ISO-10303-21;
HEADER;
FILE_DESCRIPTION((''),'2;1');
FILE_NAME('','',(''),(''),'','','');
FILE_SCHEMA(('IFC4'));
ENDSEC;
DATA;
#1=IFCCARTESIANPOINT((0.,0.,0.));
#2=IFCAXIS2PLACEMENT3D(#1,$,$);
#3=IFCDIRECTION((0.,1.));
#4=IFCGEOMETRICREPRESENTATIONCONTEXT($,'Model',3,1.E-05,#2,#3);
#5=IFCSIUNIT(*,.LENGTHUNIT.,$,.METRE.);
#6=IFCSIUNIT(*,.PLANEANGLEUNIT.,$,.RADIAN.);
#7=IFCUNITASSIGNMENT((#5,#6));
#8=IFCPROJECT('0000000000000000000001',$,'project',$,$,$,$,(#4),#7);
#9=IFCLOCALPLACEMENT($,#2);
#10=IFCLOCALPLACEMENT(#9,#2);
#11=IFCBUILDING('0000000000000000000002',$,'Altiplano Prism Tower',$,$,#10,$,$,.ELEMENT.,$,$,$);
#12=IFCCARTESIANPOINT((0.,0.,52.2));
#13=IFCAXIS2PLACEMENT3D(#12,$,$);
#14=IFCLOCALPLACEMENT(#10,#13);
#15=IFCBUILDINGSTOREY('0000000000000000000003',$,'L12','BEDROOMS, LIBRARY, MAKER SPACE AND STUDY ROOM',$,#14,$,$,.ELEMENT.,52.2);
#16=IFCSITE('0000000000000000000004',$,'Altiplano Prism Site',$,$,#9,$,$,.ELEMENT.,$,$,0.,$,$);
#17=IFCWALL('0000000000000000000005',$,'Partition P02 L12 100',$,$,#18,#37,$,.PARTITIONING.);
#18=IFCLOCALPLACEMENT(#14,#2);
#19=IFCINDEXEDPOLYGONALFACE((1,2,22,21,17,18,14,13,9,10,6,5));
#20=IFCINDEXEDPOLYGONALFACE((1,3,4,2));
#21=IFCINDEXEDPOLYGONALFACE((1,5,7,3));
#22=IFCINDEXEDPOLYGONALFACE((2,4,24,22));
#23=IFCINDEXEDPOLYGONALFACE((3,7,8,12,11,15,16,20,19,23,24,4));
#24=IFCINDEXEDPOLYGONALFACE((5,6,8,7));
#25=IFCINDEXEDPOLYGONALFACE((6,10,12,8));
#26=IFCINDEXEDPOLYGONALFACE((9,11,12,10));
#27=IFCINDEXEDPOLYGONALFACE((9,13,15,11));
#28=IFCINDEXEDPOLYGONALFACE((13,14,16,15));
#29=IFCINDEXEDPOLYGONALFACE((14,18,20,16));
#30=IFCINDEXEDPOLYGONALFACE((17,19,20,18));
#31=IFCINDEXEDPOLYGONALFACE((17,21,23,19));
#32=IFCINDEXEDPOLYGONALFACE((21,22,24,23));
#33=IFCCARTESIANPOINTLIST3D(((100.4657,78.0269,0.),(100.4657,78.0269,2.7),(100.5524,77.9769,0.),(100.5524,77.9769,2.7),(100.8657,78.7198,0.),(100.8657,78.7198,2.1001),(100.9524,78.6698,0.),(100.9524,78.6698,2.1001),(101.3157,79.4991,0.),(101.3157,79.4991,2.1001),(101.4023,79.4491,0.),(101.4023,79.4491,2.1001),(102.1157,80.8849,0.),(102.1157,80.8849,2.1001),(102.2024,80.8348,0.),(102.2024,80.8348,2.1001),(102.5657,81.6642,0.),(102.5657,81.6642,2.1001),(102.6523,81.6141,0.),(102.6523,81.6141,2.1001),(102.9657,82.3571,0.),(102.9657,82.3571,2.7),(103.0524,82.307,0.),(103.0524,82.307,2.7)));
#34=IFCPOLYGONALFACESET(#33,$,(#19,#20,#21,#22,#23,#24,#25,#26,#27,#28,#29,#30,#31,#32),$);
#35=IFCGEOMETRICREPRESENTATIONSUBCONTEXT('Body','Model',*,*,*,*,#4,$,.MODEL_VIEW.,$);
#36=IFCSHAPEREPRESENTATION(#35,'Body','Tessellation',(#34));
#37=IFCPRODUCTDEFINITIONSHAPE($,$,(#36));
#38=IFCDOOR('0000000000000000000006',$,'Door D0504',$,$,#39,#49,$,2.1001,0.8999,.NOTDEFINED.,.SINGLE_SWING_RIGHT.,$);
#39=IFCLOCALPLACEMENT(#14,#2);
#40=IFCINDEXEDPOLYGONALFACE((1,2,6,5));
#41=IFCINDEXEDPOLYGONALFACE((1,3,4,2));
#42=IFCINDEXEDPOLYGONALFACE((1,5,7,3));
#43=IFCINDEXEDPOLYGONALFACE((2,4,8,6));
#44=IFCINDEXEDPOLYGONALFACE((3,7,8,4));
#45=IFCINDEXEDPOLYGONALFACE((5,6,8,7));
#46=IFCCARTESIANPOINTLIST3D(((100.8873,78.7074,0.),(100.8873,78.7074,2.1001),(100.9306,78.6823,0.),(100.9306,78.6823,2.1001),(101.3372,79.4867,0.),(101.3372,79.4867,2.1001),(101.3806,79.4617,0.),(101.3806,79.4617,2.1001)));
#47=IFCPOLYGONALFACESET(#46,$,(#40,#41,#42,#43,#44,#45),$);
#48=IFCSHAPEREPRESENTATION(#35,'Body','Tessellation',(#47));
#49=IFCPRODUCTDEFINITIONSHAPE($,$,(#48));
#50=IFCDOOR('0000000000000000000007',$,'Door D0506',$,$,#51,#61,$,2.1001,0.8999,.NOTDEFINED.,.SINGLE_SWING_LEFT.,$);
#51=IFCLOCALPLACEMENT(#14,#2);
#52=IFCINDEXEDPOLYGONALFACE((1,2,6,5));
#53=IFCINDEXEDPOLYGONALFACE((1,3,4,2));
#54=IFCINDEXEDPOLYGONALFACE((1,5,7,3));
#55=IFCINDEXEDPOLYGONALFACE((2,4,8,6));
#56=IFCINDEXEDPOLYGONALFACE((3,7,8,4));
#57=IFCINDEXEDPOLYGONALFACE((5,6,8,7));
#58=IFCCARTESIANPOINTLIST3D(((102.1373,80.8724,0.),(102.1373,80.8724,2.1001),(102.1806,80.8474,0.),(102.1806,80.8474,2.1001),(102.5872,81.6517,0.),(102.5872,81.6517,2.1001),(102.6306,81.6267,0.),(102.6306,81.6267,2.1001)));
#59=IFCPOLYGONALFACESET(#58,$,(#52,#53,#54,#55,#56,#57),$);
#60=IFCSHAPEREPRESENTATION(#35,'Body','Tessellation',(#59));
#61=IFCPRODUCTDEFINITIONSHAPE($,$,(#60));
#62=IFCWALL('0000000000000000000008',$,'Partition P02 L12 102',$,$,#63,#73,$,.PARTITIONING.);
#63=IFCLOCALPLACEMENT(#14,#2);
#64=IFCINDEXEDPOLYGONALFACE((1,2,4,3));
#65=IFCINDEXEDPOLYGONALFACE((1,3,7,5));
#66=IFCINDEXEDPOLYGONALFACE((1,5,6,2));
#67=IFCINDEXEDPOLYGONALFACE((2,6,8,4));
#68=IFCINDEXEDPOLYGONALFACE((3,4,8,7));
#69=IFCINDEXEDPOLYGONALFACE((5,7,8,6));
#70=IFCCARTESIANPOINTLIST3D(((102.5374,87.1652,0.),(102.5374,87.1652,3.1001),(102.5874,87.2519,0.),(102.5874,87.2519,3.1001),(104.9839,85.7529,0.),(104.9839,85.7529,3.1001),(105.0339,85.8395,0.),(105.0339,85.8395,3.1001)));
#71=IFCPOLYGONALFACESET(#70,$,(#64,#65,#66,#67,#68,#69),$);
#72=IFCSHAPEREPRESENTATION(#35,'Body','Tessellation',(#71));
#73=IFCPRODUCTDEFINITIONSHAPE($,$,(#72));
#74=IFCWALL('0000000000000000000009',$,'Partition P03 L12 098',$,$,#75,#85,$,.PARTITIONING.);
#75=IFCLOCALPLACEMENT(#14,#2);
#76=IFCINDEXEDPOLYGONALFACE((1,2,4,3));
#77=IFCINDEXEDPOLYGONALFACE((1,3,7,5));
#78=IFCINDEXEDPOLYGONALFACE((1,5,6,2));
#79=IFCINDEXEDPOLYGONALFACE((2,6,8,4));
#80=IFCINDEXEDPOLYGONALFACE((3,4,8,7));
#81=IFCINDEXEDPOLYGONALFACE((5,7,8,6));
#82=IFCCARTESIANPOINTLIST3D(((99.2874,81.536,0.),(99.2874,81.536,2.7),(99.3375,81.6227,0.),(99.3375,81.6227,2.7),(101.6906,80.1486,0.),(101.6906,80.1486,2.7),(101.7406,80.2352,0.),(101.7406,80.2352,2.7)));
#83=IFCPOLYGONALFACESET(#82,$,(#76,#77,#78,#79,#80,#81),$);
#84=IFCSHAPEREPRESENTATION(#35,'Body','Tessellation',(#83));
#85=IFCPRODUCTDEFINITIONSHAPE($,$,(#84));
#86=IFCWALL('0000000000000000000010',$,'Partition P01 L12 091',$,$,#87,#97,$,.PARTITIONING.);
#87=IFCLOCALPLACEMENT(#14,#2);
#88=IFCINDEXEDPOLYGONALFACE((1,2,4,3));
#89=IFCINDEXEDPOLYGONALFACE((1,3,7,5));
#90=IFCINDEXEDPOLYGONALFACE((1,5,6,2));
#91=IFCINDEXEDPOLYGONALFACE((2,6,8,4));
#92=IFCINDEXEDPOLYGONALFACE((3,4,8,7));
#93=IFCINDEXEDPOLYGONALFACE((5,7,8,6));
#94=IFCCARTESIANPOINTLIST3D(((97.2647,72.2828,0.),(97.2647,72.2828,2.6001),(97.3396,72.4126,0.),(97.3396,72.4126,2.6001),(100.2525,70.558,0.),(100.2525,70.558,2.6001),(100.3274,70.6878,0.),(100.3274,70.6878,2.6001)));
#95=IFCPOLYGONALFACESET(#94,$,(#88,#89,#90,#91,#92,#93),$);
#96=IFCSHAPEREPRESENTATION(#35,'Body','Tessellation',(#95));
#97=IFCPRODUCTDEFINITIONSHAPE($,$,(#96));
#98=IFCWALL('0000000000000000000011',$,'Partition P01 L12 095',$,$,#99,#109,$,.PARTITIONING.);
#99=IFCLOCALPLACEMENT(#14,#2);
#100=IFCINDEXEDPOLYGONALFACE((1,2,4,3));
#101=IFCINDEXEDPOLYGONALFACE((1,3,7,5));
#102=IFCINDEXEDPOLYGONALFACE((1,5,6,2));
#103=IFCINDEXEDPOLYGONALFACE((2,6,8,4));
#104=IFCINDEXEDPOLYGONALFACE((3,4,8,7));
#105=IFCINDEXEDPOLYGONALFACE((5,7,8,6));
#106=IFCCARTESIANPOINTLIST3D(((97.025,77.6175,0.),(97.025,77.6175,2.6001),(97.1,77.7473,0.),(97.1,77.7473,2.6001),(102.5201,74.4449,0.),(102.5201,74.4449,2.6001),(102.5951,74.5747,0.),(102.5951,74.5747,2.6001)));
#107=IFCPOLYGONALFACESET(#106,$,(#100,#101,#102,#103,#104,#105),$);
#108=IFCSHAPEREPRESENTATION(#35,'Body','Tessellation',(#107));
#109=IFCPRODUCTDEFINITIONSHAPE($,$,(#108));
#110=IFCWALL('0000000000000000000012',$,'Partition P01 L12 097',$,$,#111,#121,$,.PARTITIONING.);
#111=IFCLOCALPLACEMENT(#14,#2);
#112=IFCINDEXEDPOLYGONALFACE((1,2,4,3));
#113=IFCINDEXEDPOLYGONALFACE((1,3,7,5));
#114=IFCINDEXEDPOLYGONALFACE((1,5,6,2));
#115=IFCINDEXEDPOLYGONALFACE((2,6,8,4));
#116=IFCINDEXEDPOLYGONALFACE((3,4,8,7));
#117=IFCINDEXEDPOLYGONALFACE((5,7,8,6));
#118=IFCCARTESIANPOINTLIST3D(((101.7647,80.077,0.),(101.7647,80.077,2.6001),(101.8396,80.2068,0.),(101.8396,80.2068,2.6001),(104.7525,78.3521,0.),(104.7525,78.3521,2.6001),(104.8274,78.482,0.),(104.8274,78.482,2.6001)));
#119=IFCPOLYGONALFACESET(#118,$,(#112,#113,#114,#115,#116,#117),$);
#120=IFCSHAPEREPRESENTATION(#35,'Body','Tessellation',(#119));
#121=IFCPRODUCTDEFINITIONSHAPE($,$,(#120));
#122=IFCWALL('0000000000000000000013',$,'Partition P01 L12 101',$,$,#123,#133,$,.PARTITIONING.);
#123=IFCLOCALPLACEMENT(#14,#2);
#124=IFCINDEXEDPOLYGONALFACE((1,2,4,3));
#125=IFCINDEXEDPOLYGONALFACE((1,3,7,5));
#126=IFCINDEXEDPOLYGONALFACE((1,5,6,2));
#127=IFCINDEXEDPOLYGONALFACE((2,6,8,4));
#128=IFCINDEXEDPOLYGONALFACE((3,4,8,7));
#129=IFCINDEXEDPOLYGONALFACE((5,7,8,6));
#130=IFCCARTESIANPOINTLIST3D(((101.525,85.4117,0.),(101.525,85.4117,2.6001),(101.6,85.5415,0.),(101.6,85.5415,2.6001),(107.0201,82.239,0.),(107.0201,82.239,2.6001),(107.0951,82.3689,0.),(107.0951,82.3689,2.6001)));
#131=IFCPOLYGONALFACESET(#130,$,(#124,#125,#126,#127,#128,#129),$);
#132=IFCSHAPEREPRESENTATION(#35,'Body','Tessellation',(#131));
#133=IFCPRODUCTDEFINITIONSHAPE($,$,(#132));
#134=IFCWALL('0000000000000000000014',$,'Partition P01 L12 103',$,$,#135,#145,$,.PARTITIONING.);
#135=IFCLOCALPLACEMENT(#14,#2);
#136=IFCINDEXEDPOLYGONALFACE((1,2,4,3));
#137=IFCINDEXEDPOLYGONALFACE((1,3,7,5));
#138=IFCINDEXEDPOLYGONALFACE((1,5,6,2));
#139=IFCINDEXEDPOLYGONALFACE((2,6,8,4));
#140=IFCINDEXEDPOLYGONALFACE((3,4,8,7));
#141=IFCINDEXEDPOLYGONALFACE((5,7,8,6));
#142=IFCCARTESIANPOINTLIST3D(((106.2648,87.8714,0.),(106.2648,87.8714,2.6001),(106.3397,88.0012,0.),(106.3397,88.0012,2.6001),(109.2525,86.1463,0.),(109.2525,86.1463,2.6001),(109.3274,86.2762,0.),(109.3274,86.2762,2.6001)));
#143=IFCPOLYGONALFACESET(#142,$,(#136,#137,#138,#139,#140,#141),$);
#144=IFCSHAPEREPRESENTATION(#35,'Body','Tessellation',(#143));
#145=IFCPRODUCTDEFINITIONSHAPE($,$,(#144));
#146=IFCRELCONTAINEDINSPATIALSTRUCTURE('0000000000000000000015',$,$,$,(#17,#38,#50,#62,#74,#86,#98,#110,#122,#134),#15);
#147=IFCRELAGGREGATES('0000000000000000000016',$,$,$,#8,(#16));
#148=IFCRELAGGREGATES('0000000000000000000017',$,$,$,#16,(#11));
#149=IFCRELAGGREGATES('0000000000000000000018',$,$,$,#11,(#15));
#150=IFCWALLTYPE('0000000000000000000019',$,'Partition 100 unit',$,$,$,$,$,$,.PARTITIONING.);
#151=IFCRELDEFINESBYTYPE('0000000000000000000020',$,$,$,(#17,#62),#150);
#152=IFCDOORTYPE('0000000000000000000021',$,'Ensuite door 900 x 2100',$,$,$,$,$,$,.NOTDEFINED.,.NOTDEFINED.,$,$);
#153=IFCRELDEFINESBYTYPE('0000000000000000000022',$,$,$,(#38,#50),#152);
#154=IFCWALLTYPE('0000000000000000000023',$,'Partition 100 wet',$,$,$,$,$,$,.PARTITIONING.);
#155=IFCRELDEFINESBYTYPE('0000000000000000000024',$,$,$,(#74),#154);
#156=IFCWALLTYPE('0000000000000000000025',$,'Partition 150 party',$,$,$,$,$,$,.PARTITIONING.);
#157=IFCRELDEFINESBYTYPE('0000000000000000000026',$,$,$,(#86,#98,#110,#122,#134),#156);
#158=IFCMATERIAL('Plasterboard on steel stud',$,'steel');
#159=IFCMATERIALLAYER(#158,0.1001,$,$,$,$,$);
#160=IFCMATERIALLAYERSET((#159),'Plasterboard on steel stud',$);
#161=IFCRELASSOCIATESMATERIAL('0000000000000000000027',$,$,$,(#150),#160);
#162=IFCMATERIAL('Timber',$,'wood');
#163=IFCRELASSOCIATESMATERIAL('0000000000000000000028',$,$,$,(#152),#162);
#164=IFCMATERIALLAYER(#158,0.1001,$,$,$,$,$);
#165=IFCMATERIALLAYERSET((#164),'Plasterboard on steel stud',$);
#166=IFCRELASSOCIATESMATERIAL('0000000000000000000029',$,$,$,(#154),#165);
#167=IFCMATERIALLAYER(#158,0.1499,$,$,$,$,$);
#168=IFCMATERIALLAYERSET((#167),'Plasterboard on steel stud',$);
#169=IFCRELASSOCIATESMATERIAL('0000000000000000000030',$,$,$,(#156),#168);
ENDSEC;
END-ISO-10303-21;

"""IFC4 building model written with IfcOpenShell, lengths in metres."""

from ifc_helpers import new_model, si_unit, direction, frame, frame_2d, origin, place, context, subcontext, project, spatial, rectangle, extrude, material, layer, layer_set, type_object, element, fill, save


model = new_model("IFC4")

# Units and contexts
model_context = context("Model", 3, precision=1e-05, world=origin(), true_north=direction((0.0, 1.0)))
body_context = subcontext(model_context, "Body", "Model", "MODEL_VIEW")
ifc_project = project(units=[si_unit("LENGTHUNIT", "METRE"), si_unit("PLANEANGLEUNIT", "RADIAN")], contexts=[model_context])

# Site, building, storey
site_placement = place(None, origin())
site = spatial("IfcSite", under=ifc_project, at=site_placement, Name="Altiplano Prism Site", CompositionType="ELEMENT", RefElevation=0.0)
building_placement = place(site_placement, origin())
building = spatial("IfcBuilding", under=site, at=building_placement, Name="Altiplano Prism Tower", CompositionType="ELEMENT")
storey_placement = place(building_placement, frame((0.0, 0.0, 52.2)))
storey = spatial("IfcBuildingStorey", under=building, at=storey_placement, Name="L12", Description="BEDROOMS, LIBRARY, MAKER SPACE AND STUDY ROOM", CompositionType="ELEMENT", Elevation=52.2)

# Shared definitions
ifc_material_1 = material(Name="Plasterboard on steel stud", Category="steel")
ifc_layer_1 = layer(ifc_material_1, 0.1001)
ifc_layer_set_1 = layer_set([ifc_layer_1], Name="Plasterboard on steel stud")
wall_type_1 = type_object("IfcWallType", Name="Partition 100 unit", PredefinedType="PARTITIONING", material=ifc_layer_set_1)

# Wall, openings, doors
wall_1_placement = place(storey_placement, frame((103.009, 82.332, 0.0), z_axis=(0.0, 0.0, 1.0), x_axis=(-0.500004, -0.866023, 0.0)))
wall_1 = element("IfcWall", 1, at=wall_1_placement, inside=storey, type_object=wall_type_1, Name="Partition P02 L12 100", PredefinedType="PARTITIONING", context=body_context, shape_type="SweptSolid", body=[
    extrude(rectangle(XDim=5.0, YDim=0.1001, at=frame_2d((2.5, 0.0))), origin(), (0.0, 0.0, 1.0), 2.7),
])
opening_1_placement = place(wall_1_placement, frame((3.3, 0.0, 0.0)))
opening_1 = element("IfcOpeningElement", 2, at=opening_1_placement, cuts=wall_1, PredefinedType="OPENING", context=body_context, shape_type="SweptSolid", body=[
    extrude(rectangle(XDim=0.8999, YDim=2.1001, at=frame_2d((0.45, 1.05))), frame((0.0, 0.0605, 0.0), z_axis=(0.0, -1.0, 0.0), x_axis=(1.0, 0.0, 0.0)), (0.0, 0.0, 1.0), 0.1211),
])
opening_2_placement = place(wall_1_placement, frame((0.8, 0.0, 0.0)))
opening_2 = element("IfcOpeningElement", 3, at=opening_2_placement, cuts=wall_1, PredefinedType="OPENING", context=body_context, shape_type="SweptSolid", body=[
    extrude(rectangle(XDim=0.8999, YDim=2.1001, at=frame_2d((0.45, 1.05))), frame((0.0, 0.0605, 0.0), z_axis=(0.0, -1.0, 0.0), x_axis=(1.0, 0.0, 0.0)), (0.0, 0.0, 1.0), 0.1211),
])
ifc_material_2 = material(Name="Timber", Category="wood")
door_type = type_object("IfcDoorType", Name="Ensuite door 900 x 2100", OperationType="NOTDEFINED", PredefinedType="NOTDEFINED", material=ifc_material_2)
door_1_placement = place(opening_1_placement, origin())
door_1 = element("IfcDoor", 4, at=door_1_placement, inside=storey, type_object=door_type, Name="Door D0504", OperationType="SINGLE_SWING_RIGHT", OverallHeight=2.1001, OverallWidth=0.8999, PredefinedType="NOTDEFINED", context=body_context, shape_type="SweptSolid", body=[
    extrude(rectangle(XDim=0.8999, YDim=2.1001, at=frame_2d((0.45, 1.05))), frame((0.0, 0.0249, 0.0), z_axis=(0.0, -1.0, 0.0), x_axis=(1.0, 0.0, 0.0)), (0.0, 0.0, 1.0), 0.05),
])
fill(opening_1, door_1)
door_2_placement = place(opening_2_placement, origin())
door_2 = element("IfcDoor", 5, at=door_2_placement, inside=storey, type_object=door_type, Name="Door D0506", OperationType="SINGLE_SWING_LEFT", OverallHeight=2.1001, OverallWidth=0.8999, PredefinedType="NOTDEFINED", context=body_context, shape_type="SweptSolid", body=[
    extrude(rectangle(XDim=0.8999, YDim=2.1001, at=frame_2d((0.45, 1.05))), frame((0.0, 0.0249, 0.0), z_axis=(0.0, -1.0, 0.0), x_axis=(1.0, 0.0, 0.0)), (0.0, 0.0, 1.0), 0.05),
])
fill(opening_2, door_2)

# Walls
wall_2_placement = place(storey_placement, frame((105.009, 85.7961, 0.0), z_axis=(0.0, 0.0, 1.0), x_axis=(-0.866049, 0.499959, 0.0)))
element("IfcWall", 6, at=wall_2_placement, inside=storey, type_object=wall_type_1, Name="Partition P02 L12 102", PredefinedType="PARTITIONING", context=body_context, shape_type="SweptSolid", body=[
    extrude(rectangle(XDim=2.825, YDim=0.1001, at=frame_2d((1.4126, 0.0))), origin(), (0.0, 0.0, 1.0), 3.1001),
])
ifc_layer_2 = layer(ifc_material_1, 0.1001)
ifc_layer_set_2 = layer_set([ifc_layer_2], Name="Plasterboard on steel stud")
wall_type_2 = type_object("IfcWallType", Name="Partition 100 wet", PredefinedType="PARTITIONING", material=ifc_layer_set_2)
wall_3_placement = place(storey_placement, frame((101.7156, 80.1919, 0.0), z_axis=(0.0, 0.0, 1.0), x_axis=(-0.86602, 0.500009, 0.0)))
element("IfcWall", 7, at=wall_3_placement, inside=storey, type_object=wall_type_2, Name="Partition P03 L12 098", PredefinedType="PARTITIONING", context=body_context, shape_type="SweptSolid", body=[
    extrude(rectangle(XDim=2.7749, YDim=0.1001, at=frame_2d((1.3875, 0.0))), origin(), (0.0, 0.0, 1.0), 2.7),
])
ifc_layer_3 = layer(ifc_material_1, 0.1499)
ifc_layer_set_3 = layer_set([ifc_layer_3], Name="Plasterboard on steel stud")
wall_type_3 = type_object("IfcWallType", Name="Partition 150 party", PredefinedType="PARTITIONING", material=ifc_layer_set_3)
wall_4_placement = place(storey_placement, frame((100.29, 70.6228, 0.0), z_axis=(0.0, 0.0, 1.0), x_axis=(-0.866044, 0.499967, 0.0)))
element("IfcWall", 8, at=wall_4_placement, inside=storey, type_object=wall_type_3, Name="Partition P01 L12 091", PredefinedType="PARTITIONING", context=body_context, shape_type="SweptSolid", body=[
    extrude(rectangle(XDim=3.45, YDim=0.1499, at=frame_2d((1.7251, 0.0))), origin(), (0.0, 0.0, 1.0), 2.6001),
])
wall_5_placement = place(storey_placement, frame((102.5576, 74.5098, 0.0), z_axis=(0.0, 0.0, 1.0), x_axis=(-0.866025, 0.5, 0.0)))
element("IfcWall", 9, at=wall_5_placement, inside=storey, type_object=wall_type_3, Name="Partition P01 L12 095", PredefinedType="PARTITIONING", context=body_context, shape_type="SweptSolid", body=[
    extrude(rectangle(XDim=6.3452, YDim=0.1499, at=frame_2d((3.1726, 0.0))), origin(), (0.0, 0.0, 1.0), 2.6001),
])
wall_6_placement = place(storey_placement, frame((104.79, 78.417, 0.0), z_axis=(0.0, 0.0, 1.0), x_axis=(-0.866044, 0.499967, 0.0)))
element("IfcWall", 10, at=wall_6_placement, inside=storey, type_object=wall_type_3, Name="Partition P01 L12 097", PredefinedType="PARTITIONING", context=body_context, shape_type="SweptSolid", body=[
    extrude(rectangle(XDim=3.45, YDim=0.1499, at=frame_2d((1.7251, 0.0))), origin(), (0.0, 0.0, 1.0), 2.6001),
])
wall_7_placement = place(storey_placement, frame((107.0576, 82.304, 0.0), z_axis=(0.0, 0.0, 1.0), x_axis=(-0.866025, 0.5, 0.0)))
element("IfcWall", 11, at=wall_7_placement, inside=storey, type_object=wall_type_3, Name="Partition P01 L12 101", PredefinedType="PARTITIONING", context=body_context, shape_type="SweptSolid", body=[
    extrude(rectangle(XDim=6.3452, YDim=0.1499, at=frame_2d((3.1726, 0.0))), origin(), (0.0, 0.0, 1.0), 2.6001),
])
wall_8_placement = place(storey_placement, frame((109.29, 86.2112, 0.0), z_axis=(0.0, 0.0, 1.0), x_axis=(-0.866014, 0.500021, 0.0)))
element("IfcWall", 12, at=wall_8_placement, inside=storey, type_object=wall_type_3, Name="Partition P01 L12 103", PredefinedType="PARTITIONING", context=body_context, shape_type="SweptSolid", body=[
    extrude(rectangle(XDim=3.45, YDim=0.1499, at=frame_2d((1.7251, 0.0))), origin(), (0.0, 0.0, 1.0), 2.6001),
])

save(model, "model.ifc")
